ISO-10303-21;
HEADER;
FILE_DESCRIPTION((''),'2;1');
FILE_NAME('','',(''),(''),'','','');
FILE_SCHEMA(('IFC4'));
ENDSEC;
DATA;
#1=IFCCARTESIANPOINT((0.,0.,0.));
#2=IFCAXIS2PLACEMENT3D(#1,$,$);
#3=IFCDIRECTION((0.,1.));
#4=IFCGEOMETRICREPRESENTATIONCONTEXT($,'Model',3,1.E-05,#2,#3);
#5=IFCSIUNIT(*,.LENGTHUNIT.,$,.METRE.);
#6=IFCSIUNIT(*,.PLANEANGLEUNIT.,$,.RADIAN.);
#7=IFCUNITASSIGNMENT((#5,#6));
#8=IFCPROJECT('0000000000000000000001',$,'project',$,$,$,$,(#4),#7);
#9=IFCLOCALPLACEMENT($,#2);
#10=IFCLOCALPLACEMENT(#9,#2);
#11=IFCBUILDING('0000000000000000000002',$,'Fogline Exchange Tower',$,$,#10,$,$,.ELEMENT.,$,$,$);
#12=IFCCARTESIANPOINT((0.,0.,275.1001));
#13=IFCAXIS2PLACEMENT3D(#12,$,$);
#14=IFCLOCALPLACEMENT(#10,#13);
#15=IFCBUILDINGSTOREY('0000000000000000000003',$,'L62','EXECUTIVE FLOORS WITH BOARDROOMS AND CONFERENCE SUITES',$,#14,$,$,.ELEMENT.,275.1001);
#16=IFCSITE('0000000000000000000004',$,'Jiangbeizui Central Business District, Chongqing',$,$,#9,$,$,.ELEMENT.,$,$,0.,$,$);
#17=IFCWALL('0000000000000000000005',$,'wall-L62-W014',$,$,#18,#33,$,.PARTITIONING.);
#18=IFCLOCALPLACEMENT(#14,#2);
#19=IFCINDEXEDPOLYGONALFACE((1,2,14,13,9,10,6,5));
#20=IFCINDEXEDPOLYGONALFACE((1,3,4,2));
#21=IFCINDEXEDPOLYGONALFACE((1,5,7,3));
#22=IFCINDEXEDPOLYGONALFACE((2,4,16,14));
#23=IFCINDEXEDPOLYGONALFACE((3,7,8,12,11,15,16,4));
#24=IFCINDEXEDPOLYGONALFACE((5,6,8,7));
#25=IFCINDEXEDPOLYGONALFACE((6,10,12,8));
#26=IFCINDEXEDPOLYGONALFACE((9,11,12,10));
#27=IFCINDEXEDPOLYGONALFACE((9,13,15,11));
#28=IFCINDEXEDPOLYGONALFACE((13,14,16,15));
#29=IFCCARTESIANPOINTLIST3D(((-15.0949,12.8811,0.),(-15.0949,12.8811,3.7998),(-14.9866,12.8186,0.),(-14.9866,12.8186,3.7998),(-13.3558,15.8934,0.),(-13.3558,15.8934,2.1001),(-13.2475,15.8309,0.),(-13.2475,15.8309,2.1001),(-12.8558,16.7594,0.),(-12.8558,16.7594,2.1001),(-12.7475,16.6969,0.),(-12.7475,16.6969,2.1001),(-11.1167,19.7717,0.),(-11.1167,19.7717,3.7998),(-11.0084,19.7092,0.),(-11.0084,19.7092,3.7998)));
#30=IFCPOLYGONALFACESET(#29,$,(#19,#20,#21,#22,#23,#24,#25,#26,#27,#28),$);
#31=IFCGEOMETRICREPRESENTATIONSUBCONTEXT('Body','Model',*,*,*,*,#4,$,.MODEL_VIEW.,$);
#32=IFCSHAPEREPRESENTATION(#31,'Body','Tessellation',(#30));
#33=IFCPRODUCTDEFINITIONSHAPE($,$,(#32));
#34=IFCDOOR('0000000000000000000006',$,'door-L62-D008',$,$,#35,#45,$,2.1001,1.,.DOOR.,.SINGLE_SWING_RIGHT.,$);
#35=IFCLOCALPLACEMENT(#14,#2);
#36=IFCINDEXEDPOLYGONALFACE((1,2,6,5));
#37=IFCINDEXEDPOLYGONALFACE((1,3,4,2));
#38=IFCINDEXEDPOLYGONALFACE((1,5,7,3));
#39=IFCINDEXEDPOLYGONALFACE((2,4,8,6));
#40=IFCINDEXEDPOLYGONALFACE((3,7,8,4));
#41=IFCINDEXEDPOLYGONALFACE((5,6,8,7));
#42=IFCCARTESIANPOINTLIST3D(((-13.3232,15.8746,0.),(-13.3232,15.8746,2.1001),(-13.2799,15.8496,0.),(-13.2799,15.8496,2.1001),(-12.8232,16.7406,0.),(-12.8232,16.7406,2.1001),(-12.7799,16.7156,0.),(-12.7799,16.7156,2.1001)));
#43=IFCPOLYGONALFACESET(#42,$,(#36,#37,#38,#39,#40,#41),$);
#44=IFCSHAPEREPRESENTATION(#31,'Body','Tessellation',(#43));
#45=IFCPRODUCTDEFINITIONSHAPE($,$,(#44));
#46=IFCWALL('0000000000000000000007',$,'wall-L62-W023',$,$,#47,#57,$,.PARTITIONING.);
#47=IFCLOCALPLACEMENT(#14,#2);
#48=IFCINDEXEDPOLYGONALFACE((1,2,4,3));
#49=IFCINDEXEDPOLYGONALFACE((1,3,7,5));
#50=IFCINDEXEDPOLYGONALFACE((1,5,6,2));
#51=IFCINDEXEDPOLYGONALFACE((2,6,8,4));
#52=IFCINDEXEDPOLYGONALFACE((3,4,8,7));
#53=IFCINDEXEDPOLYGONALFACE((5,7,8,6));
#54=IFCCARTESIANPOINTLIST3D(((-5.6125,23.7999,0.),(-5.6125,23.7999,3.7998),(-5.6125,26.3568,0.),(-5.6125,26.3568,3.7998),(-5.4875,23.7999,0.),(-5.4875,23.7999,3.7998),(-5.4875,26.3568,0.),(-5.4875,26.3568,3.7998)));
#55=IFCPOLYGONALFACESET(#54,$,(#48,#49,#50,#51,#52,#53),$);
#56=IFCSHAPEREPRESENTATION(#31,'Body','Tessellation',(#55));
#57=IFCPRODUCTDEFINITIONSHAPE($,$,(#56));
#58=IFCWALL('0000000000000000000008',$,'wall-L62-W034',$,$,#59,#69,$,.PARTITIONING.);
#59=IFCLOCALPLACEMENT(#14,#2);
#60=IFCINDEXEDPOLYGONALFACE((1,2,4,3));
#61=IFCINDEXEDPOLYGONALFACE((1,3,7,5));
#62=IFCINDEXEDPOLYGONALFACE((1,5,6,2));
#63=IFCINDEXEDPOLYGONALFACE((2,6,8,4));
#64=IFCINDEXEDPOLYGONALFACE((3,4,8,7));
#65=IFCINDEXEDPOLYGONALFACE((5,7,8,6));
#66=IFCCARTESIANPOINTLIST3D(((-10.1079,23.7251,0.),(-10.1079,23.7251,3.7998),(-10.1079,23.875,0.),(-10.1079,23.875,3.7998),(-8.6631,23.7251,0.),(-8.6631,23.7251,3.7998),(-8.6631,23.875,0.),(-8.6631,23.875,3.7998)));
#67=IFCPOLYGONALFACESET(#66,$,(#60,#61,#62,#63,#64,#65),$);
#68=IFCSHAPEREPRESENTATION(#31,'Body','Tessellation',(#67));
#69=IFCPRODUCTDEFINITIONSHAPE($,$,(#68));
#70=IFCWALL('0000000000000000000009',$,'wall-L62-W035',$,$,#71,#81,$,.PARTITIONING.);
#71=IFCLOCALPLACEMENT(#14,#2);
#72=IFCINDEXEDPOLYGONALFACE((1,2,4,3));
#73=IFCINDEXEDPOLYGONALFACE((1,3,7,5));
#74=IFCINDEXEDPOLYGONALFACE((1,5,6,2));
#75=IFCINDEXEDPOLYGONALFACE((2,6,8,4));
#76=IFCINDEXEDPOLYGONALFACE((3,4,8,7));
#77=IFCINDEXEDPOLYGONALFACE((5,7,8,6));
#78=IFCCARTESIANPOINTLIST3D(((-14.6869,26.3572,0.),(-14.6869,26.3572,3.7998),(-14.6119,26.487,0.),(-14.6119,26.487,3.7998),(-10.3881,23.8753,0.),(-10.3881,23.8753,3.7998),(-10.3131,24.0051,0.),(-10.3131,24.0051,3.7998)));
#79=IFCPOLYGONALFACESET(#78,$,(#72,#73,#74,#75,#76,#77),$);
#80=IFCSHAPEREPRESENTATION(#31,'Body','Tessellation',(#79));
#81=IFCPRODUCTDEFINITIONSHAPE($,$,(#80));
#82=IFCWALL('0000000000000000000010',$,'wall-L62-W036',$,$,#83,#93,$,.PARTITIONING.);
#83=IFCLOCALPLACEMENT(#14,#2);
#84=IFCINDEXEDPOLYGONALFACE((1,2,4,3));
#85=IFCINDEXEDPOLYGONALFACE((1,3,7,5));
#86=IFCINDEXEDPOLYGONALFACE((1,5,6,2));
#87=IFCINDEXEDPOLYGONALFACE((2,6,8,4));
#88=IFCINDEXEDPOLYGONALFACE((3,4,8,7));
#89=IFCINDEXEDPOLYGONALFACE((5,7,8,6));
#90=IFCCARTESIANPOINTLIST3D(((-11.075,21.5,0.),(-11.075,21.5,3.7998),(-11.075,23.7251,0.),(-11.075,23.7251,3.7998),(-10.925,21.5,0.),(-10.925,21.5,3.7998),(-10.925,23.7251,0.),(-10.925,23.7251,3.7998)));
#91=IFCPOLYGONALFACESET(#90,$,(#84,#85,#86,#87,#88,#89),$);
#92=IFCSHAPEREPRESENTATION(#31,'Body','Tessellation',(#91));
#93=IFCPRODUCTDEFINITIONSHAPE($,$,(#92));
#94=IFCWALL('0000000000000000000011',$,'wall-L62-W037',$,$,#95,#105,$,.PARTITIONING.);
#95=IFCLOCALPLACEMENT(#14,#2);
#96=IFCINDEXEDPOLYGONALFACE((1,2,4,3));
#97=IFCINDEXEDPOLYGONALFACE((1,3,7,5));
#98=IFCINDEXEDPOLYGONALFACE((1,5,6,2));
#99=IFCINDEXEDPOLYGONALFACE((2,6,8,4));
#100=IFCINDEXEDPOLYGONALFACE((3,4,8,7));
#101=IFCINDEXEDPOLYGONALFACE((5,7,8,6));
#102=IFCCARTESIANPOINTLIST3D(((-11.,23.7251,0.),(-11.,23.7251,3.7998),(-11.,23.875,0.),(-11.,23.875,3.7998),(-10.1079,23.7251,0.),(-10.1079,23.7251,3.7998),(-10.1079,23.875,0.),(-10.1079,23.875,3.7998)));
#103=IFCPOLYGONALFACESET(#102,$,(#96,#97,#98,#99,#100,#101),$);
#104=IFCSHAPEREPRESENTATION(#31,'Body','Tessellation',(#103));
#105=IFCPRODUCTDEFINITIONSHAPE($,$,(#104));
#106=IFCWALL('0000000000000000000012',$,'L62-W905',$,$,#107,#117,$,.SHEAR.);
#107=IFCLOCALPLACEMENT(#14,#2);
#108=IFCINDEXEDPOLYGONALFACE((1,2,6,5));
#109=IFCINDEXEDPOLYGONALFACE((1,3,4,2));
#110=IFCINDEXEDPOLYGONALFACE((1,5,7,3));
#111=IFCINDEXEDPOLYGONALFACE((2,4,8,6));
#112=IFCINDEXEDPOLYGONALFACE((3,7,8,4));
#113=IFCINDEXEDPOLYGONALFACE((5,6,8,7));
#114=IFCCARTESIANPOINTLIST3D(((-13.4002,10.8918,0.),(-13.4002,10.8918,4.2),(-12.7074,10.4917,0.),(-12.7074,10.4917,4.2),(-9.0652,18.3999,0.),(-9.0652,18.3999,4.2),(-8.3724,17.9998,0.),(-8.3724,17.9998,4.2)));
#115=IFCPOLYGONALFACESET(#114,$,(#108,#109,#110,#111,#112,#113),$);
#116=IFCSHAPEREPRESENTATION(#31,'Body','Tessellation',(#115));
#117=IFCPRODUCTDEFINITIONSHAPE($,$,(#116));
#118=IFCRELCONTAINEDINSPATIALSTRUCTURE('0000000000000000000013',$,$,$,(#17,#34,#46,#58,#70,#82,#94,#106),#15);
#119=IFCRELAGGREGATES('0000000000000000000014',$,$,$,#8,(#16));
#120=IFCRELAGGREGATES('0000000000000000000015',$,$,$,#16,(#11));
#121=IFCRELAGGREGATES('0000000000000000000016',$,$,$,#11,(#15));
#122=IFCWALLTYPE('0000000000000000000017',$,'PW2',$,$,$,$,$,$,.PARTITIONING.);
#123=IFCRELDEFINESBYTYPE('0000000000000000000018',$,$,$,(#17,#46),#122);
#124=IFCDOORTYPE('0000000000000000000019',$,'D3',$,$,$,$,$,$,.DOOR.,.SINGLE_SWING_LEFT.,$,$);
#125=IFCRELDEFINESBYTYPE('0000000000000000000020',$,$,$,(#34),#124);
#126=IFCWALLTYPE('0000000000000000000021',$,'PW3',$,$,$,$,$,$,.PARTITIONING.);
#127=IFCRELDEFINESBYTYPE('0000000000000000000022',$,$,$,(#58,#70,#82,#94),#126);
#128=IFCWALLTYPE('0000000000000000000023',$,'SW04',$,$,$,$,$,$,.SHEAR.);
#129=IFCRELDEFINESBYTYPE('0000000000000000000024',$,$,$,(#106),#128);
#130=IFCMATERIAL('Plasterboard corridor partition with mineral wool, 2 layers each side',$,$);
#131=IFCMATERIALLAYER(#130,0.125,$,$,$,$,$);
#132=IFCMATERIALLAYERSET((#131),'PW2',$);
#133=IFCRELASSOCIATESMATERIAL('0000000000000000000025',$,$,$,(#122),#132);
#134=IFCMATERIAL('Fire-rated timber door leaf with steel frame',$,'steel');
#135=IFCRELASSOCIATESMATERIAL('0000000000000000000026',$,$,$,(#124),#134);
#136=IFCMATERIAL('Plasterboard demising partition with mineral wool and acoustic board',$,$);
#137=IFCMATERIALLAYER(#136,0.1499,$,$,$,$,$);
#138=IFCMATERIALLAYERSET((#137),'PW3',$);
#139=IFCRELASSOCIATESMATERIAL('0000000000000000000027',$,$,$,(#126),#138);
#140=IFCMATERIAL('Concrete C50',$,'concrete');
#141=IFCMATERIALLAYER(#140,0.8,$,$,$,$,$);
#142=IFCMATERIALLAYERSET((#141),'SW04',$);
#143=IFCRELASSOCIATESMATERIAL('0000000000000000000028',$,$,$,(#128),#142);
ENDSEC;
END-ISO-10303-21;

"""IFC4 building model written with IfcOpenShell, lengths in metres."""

from ifc_helpers import new_model, si_unit, direction, frame, frame_2d, origin, place, context, subcontext, project, spatial, rectangle, extrude, material, layer, layer_set, type_object, element, fill, save


model = new_model("IFC4")

# Units and contexts
model_context = context("Model", 3, precision=1e-05, world=origin(), true_north=direction((0.0, 1.0)))
body_context = subcontext(model_context, "Body", "Model", "MODEL_VIEW")
ifc_project = project(units=[si_unit("LENGTHUNIT", "METRE"), si_unit("PLANEANGLEUNIT", "RADIAN")], contexts=[model_context])

# Site, building, storey
site_placement = place(None, origin())
site = spatial("IfcSite", under=ifc_project, at=site_placement, Name="Jiangbeizui Central Business District, Chongqing", CompositionType="ELEMENT", RefElevation=0.0)
building_placement = place(site_placement, origin())
building = spatial("IfcBuilding", under=site, at=building_placement, Name="Fogline Exchange Tower", CompositionType="ELEMENT")
storey_placement = place(building_placement, frame((0.0, 0.0, 275.1001)))
storey = spatial("IfcBuildingStorey", under=building, at=storey_placement, Name="L62", Description="EXECUTIVE FLOORS WITH BOARDROOMS AND CONFERENCE SUITES", CompositionType="ELEMENT", Elevation=275.1001)

# Shared definitions
ifc_material_1 = material(Name="Plasterboard corridor partition with mineral wool, 2 layers each side")
ifc_layer_1 = layer(ifc_material_1, 0.125)
ifc_layer_set_1 = layer_set([ifc_layer_1], Name="PW2")
wall_type_1 = type_object("IfcWallType", Name="PW2", PredefinedType="PARTITIONING", material=ifc_layer_set_1)
ifc_material_2 = material(Name="Fire-rated timber door leaf with steel frame", Category="steel")
door_type_1 = type_object("IfcDoorType", Name="D3", OperationType="SINGLE_SWING_LEFT", PredefinedType="DOOR", material=ifc_material_2)

# Wall, opening, door
wall_1_placement = place(storey_placement, frame((-15.0408, 12.8499, 0.0), z_axis=(0.0, 0.0, 1.0), x_axis=(0.499997, 0.866027, 0.0)))
wall_1 = element("IfcWall", 1, at=wall_1_placement, inside=storey, type_object=wall_type_1, Name="wall-L62-W014", PredefinedType="PARTITIONING", context=body_context, shape_type="SweptSolid", body=[
    extrude(rectangle(XDim=7.9565, YDim=0.125, at=frame_2d((3.9783, 0.0))), origin(), (0.0, 0.0, 1.0), 3.7998),
])
opening_1_placement = place(wall_1_placement, frame((3.4783, 0.0, 0.0)))
opening_1 = element("IfcOpeningElement", 2, at=opening_1_placement, cuts=wall_1, PredefinedType="OPENING", context=body_context, shape_type="SweptSolid", body=[
    extrude(rectangle(XDim=1.0, YDim=2.1001, at=frame_2d((0.5, 1.05))), frame((0.0, 0.0725, 0.0), z_axis=(0.0, -1.0, 0.0), x_axis=(1.0, 0.0, 0.0)), (0.0, 0.0, 1.0), 0.145),
])
door_1_placement = place(opening_1_placement, origin())
door_1 = element("IfcDoor", 3, at=door_1_placement, inside=storey, type_object=door_type_1, Name="door-L62-D008", OperationType="SINGLE_SWING_RIGHT", OverallHeight=2.1001, OverallWidth=1.0, PredefinedType="DOOR", context=body_context, shape_type="SweptSolid", body=[
    extrude(rectangle(XDim=1.0, YDim=2.1001, at=frame_2d((0.5, 1.05))), frame((0.0, 0.0249, 0.0), z_axis=(0.0, -1.0, 0.0), x_axis=(1.0, 0.0, 0.0)), (0.0, 0.0, 1.0), 0.05),
])
fill(opening_1, door_1)

# Walls
wall_2_placement = place(storey_placement, frame((-5.55, 23.8, 0.0), z_axis=(0.0, 0.0, 1.0), x_axis=(0.0, 1.0, 0.0)))
element("IfcWall", 4, at=wall_2_placement, inside=storey, type_object=wall_type_1, Name="wall-L62-W023", PredefinedType="PARTITIONING", context=body_context, shape_type="SweptSolid", body=[
    extrude(rectangle(XDim=2.5569, YDim=0.125, at=frame_2d((1.2783, 0.0))), origin(), (0.0, 0.0, 1.0), 3.7998),
])
ifc_material_3 = material(Name="Plasterboard demising partition with mineral wool and acoustic board")
ifc_layer_2 = layer(ifc_material_3, 0.1499)
ifc_layer_set_2 = layer_set([ifc_layer_2], Name="PW3")
wall_type_2 = type_object("IfcWallType", Name="PW3", PredefinedType="PARTITIONING", material=ifc_layer_set_2)
wall_3_placement = place(storey_placement, frame((-8.6631, 23.8, 0.0), z_axis=(0.0, 0.0, 1.0), x_axis=(-1.0, 0.0, 0.0)))
element("IfcWall", 5, at=wall_3_placement, inside=storey, type_object=wall_type_2, Name="wall-L62-W034", PredefinedType="PARTITIONING", context=body_context, shape_type="SweptSolid", body=[
    extrude(rectangle(XDim=1.4448, YDim=0.1499, at=frame_2d((0.7224, 0.0))), origin(), (0.0, 0.0, 1.0), 3.7998),
])
wall_4_placement = place(storey_placement, frame((-10.3506, 23.9402, 0.0), z_axis=(0.0, 0.0, 1.0), x_axis=(-0.866025, 0.500001, 0.0)))
element("IfcWall", 6, at=wall_4_placement, inside=storey, type_object=wall_type_2, Name="wall-L62-W035", PredefinedType="PARTITIONING", context=body_context, shape_type="SweptSolid", body=[
    extrude(rectangle(XDim=4.9639, YDim=0.1499, at=frame_2d((2.4819, 0.0))), origin(), (0.0, 0.0, 1.0), 3.7998),
])
wall_5_placement = place(storey_placement, frame((-11.0, 21.5, 0.0), z_axis=(0.0, 0.0, 1.0), x_axis=(0.0, 1.0, 0.0)))
element("IfcWall", 7, at=wall_5_placement, inside=storey, type_object=wall_type_2, Name="wall-L62-W036", PredefinedType="PARTITIONING", context=body_context, shape_type="SweptSolid", body=[
    extrude(rectangle(XDim=2.2251, YDim=0.1499, at=frame_2d((1.1125, 0.0))), origin(), (0.0, 0.0, 1.0), 3.7998),
])
wall_6_placement = place(storey_placement, frame((-11.0, 23.8, 0.0), z_axis=(0.0, 0.0, 1.0), x_axis=(1.0, 0.0, 0.0)))
element("IfcWall", 8, at=wall_6_placement, inside=storey, type_object=wall_type_2, Name="wall-L62-W037", PredefinedType="PARTITIONING", context=body_context, shape_type="SweptSolid", body=[
    extrude(rectangle(XDim=0.8921, YDim=0.1499, at=frame_2d((0.446, 0.0))), origin(), (0.0, 0.0, 1.0), 3.7998),
])
ifc_material_4 = material(Name="Concrete C50", Category="concrete")
ifc_layer_3 = layer(ifc_material_4, 0.8)
ifc_layer_set_3 = layer_set([ifc_layer_3], Name="SW04")
wall_type_3 = type_object("IfcWallType", Name="SW04", PredefinedType="SHEAR", material=ifc_layer_set_3)
wall_7_placement = place(storey_placement, frame((-8.7188, 18.2, 0.0), z_axis=(0.0, 0.0, 1.0), x_axis=(-0.500016, -0.866016, 0.0)))
element("IfcWall", 9, at=wall_7_placement, inside=storey, type_object=wall_type_3, Name="L62-W905", PredefinedType="SHEAR", context=body_context, shape_type="SweptSolid", body=[
    extrude(rectangle(XDim=8.6697, YDim=0.8, at=frame_2d((4.335, 0.0))), origin(), (0.0, 0.0, 1.0), 4.2),
])

save(model, "model.ifc")
